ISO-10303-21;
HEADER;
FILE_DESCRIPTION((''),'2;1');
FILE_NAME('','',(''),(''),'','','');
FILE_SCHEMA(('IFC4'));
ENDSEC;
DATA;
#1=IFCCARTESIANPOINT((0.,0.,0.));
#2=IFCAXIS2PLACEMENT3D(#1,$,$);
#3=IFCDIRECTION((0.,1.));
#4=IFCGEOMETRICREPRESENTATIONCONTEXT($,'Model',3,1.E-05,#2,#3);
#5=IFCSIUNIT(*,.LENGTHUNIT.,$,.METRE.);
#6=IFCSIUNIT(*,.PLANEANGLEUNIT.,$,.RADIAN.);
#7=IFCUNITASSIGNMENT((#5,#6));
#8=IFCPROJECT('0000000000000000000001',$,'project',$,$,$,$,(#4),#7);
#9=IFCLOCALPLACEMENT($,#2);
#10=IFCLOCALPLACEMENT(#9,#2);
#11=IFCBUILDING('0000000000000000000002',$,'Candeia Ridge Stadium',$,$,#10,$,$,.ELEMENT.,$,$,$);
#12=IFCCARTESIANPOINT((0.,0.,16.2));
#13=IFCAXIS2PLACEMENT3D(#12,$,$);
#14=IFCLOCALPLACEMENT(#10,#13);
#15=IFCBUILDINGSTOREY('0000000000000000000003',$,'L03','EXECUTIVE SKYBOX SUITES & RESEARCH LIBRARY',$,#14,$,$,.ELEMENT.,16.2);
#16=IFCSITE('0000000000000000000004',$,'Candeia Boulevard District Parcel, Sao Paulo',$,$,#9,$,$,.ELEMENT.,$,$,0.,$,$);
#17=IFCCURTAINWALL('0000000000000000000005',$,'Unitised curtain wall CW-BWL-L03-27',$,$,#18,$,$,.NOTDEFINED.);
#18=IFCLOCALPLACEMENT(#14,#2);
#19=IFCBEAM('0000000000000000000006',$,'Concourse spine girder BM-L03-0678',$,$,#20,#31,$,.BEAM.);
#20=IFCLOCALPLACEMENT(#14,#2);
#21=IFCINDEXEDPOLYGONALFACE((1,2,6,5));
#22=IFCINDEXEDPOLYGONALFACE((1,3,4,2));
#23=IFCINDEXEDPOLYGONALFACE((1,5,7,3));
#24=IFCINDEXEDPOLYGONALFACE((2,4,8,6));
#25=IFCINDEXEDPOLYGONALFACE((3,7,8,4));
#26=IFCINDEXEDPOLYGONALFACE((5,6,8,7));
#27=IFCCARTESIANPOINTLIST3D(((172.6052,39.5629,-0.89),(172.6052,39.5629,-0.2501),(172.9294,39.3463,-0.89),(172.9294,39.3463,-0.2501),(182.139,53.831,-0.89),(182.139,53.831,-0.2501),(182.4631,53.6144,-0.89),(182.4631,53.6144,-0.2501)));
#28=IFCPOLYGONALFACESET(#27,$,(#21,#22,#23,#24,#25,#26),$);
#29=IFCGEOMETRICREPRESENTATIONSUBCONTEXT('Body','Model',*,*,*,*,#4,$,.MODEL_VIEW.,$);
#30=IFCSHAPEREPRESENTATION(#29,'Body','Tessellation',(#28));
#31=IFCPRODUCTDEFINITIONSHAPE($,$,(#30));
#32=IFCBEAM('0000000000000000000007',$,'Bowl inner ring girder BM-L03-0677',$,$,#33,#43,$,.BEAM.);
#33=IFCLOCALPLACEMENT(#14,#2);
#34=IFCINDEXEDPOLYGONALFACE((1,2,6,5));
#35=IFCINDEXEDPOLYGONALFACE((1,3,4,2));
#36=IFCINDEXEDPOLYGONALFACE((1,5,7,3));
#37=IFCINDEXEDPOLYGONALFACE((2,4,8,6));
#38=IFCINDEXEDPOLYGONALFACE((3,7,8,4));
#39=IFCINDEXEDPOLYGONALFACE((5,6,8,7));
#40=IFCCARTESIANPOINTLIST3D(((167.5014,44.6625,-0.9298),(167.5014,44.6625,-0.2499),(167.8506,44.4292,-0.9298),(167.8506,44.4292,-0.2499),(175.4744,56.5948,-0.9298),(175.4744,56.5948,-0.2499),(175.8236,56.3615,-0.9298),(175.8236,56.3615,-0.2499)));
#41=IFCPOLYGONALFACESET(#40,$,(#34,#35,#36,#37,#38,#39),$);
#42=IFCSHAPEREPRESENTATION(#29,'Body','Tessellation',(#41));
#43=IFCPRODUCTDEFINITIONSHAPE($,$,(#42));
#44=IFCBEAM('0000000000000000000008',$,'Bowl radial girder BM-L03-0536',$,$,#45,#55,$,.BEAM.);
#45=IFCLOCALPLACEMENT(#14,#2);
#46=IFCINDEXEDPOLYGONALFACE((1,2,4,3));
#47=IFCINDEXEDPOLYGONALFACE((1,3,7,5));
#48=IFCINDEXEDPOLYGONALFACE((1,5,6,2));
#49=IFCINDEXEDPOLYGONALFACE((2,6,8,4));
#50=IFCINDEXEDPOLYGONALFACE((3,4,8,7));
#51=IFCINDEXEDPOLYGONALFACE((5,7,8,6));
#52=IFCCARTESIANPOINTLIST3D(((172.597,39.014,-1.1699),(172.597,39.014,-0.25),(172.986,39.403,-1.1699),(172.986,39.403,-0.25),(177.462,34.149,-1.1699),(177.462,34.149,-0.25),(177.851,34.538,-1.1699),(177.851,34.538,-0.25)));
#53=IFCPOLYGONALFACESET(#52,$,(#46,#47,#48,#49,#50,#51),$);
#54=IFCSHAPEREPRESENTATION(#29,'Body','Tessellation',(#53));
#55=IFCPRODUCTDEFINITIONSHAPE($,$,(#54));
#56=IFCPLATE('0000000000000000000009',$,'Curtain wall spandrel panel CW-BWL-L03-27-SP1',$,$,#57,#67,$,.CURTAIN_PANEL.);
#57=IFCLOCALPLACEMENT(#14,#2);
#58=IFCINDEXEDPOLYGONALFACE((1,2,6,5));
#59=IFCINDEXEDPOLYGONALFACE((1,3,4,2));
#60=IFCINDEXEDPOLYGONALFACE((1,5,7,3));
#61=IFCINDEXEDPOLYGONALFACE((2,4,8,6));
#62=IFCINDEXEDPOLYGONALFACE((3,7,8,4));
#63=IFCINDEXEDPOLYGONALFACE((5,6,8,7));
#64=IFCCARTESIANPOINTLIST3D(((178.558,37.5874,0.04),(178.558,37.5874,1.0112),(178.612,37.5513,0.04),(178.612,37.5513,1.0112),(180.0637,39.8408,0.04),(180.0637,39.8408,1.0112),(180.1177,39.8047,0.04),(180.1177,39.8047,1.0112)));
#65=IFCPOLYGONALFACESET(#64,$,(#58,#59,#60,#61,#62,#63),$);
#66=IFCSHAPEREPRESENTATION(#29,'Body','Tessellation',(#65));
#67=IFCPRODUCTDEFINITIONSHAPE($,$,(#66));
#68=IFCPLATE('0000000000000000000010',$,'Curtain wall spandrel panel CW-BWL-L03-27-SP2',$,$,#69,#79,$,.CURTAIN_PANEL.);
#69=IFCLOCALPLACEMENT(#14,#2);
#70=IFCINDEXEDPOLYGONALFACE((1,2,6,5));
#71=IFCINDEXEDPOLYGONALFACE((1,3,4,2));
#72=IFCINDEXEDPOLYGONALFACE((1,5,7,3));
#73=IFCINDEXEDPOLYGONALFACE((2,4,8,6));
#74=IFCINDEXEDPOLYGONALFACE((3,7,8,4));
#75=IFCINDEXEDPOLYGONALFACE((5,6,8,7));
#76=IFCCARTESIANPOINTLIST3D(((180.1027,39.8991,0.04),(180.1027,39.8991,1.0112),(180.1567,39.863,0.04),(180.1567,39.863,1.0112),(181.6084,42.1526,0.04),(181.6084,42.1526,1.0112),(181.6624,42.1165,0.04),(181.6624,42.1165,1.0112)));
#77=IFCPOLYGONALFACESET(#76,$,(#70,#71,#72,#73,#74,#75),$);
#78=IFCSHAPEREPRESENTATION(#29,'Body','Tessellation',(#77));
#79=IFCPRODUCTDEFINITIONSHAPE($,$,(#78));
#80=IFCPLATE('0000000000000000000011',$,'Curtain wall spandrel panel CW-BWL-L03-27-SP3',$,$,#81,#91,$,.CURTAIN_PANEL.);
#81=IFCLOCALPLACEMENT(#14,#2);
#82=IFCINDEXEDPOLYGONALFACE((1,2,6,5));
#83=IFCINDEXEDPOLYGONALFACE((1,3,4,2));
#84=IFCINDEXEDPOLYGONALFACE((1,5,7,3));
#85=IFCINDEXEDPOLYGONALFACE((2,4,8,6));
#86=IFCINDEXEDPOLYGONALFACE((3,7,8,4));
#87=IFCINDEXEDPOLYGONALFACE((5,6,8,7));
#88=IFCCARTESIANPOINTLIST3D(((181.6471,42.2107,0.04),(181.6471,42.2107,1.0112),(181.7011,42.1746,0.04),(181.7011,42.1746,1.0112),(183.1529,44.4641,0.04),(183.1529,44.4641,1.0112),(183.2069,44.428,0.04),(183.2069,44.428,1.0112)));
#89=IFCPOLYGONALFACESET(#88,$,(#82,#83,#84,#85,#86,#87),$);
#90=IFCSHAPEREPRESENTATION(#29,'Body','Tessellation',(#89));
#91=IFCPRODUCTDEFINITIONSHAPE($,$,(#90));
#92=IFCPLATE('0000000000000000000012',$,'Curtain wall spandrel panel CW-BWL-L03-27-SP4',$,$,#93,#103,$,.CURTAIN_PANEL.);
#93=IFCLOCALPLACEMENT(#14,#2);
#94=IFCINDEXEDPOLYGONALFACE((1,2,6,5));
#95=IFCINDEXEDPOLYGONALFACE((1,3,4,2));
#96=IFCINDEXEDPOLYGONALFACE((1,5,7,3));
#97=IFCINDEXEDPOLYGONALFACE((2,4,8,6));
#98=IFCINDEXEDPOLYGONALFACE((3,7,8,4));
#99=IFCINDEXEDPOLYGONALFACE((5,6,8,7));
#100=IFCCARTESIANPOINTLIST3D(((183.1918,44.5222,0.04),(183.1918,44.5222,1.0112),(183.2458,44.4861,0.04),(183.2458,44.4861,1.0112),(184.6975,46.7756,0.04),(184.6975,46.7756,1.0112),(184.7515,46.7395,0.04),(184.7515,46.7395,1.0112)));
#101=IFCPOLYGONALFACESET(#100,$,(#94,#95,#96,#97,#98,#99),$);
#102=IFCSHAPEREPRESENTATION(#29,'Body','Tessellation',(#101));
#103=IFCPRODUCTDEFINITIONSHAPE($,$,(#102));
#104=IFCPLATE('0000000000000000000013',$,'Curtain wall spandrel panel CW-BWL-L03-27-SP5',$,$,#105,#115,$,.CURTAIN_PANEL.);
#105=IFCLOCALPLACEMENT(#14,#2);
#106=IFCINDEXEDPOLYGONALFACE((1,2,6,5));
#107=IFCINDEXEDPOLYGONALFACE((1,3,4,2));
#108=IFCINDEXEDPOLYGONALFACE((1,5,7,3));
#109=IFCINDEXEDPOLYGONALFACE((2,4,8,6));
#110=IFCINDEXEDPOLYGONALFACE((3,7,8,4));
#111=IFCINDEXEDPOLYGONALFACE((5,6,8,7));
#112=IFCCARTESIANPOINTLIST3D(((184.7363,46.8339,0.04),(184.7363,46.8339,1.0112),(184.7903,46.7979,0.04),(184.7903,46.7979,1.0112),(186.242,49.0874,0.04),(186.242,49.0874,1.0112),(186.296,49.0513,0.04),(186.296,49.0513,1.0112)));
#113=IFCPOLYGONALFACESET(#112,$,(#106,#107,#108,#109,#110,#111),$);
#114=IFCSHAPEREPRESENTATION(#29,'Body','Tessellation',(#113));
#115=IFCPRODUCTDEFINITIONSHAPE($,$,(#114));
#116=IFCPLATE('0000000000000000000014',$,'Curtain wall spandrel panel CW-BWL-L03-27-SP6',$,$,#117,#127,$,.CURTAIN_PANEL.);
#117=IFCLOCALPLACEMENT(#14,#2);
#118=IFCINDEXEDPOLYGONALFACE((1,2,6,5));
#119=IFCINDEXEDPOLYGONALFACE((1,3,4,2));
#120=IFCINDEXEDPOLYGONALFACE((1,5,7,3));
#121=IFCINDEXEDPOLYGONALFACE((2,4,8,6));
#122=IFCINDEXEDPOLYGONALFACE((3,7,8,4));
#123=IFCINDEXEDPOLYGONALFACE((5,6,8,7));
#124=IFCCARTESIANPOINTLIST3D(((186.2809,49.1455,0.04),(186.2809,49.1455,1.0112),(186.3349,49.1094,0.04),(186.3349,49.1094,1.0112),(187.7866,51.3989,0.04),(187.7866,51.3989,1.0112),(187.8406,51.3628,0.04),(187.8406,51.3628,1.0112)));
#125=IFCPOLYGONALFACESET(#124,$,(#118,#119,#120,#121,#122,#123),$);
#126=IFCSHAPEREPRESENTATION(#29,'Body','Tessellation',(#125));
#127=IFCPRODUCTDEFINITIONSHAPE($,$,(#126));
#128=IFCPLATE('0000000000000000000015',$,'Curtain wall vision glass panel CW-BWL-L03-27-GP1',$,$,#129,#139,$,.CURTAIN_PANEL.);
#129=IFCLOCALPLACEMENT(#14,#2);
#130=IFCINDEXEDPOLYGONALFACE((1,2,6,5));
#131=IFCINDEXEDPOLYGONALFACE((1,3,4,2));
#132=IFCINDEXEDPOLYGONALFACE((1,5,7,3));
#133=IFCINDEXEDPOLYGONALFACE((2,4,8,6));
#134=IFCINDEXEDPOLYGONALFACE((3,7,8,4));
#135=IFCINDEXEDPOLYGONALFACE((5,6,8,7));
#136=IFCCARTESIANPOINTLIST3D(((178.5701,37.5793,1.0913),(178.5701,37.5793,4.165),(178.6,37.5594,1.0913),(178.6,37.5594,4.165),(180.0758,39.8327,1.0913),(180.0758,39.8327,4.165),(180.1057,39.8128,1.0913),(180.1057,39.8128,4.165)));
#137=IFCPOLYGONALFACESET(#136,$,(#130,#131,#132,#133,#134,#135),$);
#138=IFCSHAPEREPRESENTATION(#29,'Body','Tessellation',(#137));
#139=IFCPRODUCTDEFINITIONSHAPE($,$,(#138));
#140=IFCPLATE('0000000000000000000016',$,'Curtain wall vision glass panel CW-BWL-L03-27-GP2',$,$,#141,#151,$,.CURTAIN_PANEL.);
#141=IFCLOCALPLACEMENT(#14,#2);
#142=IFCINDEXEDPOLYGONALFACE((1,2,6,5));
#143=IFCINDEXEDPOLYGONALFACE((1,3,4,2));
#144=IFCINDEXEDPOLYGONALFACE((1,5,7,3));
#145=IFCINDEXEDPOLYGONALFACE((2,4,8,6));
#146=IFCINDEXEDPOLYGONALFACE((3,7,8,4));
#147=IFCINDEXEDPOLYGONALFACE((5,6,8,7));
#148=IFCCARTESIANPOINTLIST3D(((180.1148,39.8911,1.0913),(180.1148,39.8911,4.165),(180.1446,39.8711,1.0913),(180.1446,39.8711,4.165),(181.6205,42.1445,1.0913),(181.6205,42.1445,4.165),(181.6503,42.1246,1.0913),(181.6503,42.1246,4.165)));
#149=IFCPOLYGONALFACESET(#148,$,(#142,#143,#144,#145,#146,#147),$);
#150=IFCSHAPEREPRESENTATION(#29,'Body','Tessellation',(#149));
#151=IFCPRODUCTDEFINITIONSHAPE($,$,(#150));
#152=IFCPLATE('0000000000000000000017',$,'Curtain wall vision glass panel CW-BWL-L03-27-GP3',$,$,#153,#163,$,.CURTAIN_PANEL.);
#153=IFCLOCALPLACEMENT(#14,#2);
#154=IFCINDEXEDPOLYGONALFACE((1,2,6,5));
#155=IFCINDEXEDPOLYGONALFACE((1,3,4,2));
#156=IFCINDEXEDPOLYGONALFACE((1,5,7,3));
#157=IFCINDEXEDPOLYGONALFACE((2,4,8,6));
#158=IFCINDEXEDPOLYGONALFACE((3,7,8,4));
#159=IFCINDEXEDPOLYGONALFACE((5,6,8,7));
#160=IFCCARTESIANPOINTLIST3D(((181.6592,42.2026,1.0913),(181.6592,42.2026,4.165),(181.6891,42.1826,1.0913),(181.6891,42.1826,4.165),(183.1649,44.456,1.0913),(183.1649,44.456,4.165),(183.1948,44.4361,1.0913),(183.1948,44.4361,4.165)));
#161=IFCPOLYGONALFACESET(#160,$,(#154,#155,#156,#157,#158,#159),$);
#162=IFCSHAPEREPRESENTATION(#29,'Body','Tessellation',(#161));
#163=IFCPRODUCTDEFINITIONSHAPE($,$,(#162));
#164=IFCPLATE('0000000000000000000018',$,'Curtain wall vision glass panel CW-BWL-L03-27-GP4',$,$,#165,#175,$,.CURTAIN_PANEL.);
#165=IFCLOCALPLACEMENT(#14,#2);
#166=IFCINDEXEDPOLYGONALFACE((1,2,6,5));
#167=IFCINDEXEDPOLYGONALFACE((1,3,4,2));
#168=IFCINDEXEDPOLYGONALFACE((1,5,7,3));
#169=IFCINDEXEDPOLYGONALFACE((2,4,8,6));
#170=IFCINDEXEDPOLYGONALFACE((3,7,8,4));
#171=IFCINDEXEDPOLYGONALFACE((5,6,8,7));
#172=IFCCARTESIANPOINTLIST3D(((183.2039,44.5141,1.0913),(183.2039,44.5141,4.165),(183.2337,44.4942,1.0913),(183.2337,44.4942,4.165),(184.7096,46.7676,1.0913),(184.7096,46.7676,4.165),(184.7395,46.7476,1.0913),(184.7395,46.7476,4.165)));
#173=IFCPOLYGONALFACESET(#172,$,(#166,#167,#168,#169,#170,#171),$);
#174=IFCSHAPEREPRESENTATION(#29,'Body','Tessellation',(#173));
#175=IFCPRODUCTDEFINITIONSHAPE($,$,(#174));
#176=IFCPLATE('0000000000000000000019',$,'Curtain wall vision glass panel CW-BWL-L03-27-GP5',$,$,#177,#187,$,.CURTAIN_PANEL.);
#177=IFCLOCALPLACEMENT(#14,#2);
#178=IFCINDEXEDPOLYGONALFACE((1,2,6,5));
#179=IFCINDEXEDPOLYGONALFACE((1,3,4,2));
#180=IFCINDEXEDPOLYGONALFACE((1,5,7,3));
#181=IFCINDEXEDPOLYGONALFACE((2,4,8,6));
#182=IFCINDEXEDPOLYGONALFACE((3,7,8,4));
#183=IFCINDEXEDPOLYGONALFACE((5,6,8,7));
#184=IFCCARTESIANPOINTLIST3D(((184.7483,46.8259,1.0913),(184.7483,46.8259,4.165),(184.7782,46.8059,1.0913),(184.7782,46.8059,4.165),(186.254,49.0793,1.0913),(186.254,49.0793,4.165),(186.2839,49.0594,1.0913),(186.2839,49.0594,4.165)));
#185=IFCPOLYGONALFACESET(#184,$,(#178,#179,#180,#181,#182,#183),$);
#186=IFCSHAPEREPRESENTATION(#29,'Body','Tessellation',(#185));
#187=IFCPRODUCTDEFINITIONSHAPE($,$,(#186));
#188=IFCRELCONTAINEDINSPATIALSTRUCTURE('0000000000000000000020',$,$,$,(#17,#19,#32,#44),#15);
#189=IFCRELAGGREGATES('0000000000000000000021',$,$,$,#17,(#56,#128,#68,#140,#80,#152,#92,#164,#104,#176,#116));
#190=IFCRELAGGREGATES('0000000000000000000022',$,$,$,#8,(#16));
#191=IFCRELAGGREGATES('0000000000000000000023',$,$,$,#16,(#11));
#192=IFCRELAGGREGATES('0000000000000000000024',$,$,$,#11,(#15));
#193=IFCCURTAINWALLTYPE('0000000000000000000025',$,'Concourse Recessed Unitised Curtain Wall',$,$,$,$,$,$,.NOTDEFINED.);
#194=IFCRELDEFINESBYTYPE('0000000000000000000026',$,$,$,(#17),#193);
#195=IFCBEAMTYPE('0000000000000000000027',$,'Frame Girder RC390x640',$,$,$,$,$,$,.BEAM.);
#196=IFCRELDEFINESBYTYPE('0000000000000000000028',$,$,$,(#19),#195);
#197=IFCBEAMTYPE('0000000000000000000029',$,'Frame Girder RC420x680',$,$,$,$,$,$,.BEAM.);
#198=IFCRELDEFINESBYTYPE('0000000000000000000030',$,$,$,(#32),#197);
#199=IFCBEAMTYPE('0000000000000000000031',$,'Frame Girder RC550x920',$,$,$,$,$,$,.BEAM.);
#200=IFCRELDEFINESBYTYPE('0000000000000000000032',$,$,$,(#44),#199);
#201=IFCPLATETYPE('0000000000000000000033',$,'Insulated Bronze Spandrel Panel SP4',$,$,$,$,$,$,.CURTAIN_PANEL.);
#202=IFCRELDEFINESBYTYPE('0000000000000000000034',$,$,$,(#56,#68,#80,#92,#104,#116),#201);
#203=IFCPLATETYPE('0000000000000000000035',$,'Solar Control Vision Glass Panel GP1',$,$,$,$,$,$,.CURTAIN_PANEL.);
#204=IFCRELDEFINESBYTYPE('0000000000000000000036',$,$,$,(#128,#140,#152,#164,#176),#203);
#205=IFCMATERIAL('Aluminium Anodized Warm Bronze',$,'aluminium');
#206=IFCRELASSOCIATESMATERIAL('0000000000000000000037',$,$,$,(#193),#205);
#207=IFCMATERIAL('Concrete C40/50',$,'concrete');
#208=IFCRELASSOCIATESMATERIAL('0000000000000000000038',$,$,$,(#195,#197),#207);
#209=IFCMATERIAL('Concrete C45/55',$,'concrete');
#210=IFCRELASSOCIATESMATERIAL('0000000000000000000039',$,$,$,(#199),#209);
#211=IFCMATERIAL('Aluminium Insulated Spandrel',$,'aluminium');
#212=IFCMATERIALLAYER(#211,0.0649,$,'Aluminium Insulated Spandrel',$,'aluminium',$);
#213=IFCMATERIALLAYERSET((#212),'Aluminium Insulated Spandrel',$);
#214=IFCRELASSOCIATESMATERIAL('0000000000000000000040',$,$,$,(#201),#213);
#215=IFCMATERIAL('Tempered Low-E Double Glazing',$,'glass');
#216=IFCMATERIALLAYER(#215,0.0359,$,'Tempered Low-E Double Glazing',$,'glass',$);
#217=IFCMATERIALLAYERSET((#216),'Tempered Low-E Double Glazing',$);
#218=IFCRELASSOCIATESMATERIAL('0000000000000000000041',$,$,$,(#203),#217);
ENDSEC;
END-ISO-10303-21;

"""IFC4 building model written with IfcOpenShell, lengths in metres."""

from ifc_helpers import new_model, si_unit, direction, frame, origin, origin_2d, place, context, subcontext, project, spatial, rectangle, extrude, material, layer, layer_set, material_profile, profile_set, type_object, element, aggregate, save


model = new_model("IFC4")

# Units and contexts
model_context = context("Model", 3, precision=1e-05, world=origin(), true_north=direction((0.0, 1.0)))
body_context = subcontext(model_context, "Body", "Model", "MODEL_VIEW")
ifc_project = project(units=[si_unit("LENGTHUNIT", "METRE"), si_unit("PLANEANGLEUNIT", "RADIAN")], contexts=[model_context])

# Site, building, storey
site_placement = place(None, origin())
site = spatial("IfcSite", under=ifc_project, at=site_placement, Name="Candeia Boulevard District Parcel, Sao Paulo", CompositionType="ELEMENT", RefElevation=0.0)
building_placement = place(site_placement, origin())
building = spatial("IfcBuilding", under=site, at=building_placement, Name="Candeia Ridge Stadium", CompositionType="ELEMENT")
storey_placement = place(building_placement, frame((0.0, 0.0, 16.2)))
storey = spatial("IfcBuildingStorey", under=building, at=storey_placement, Name="L03", Description="EXECUTIVE SKYBOX SUITES & RESEARCH LIBRARY", CompositionType="ELEMENT", Elevation=16.2)

# Shared definitions
ifc_material_1 = material(Name="Concrete C40/50", Category="concrete")

# Shared definitions
ifc_material_2 = material(Name="Concrete C45/55", Category="concrete")

# Curtain wall
ifc_material_3 = material(Name="Aluminium Anodized Warm Bronze", Category="aluminium")
curtain_wall_type = type_object("IfcCurtainWallType", Name="Concourse Recessed Unitised Curtain Wall", PredefinedType="NOTDEFINED", material=ifc_material_3)
curtain_wall_placement = place(storey_placement, origin())
curtain_wall = element("IfcCurtainWall", 1, at=curtain_wall_placement, inside=storey, type_object=curtain_wall_type, Name="Unitised curtain wall CW-BWL-L03-27", PredefinedType="NOTDEFINED")

# Beams
ifc_material_profile_1 = material_profile(ifc_material_1, rectangle(XDim=0.3899, YDim=0.6399, at=origin_2d()), Name="RC390x640", Category="concrete")
ifc_profile_set_1 = profile_set([ifc_material_profile_1], Name="Concrete C40/50")
beam_type_1 = type_object("IfcBeamType", Name="Frame Girder RC390x640", PredefinedType="BEAM", material=ifc_profile_set_1)
beam_1_placement = place(storey_placement, frame((172.7673, 39.4546, -0.5701), z_axis=(0.555573, 0.831468, 0.0), x_axis=(-0.831468, 0.555573, 0.0)))
element("IfcBeam", 2, at=beam_1_placement, inside=storey, type_object=beam_type_1, Name="Concourse spine girder BM-L03-0678", PredefinedType="BEAM", context=body_context, shape_type="SweptSolid", body=[
    extrude(rectangle(XDim=0.3899, YDim=0.6399, at=origin_2d()), origin(), (0.0, 0.0, 1.0), 17.1602),
])
ifc_material_profile_2 = material_profile(ifc_material_1, rectangle(XDim=0.4199, YDim=0.6799, at=origin_2d()), Name="RC420x680", Category="concrete")
ifc_profile_set_2 = profile_set([ifc_material_profile_2], Name="Concrete C40/50")
beam_type_2 = type_object("IfcBeamType", Name="Frame Girder RC420x680", PredefinedType="BEAM", material=ifc_profile_set_2)
beam_2_placement = place(storey_placement, frame((167.676, 44.5459, -0.5898), z_axis=(0.555575, 0.831466, 0.0), x_axis=(-0.831466, 0.555575, 0.0)))
element("IfcBeam", 3, at=beam_2_placement, inside=storey, type_object=beam_type_2, Name="Bowl inner ring girder BM-L03-0677", PredefinedType="BEAM", context=body_context, shape_type="SweptSolid", body=[
    extrude(rectangle(XDim=0.4199, YDim=0.6799, at=origin_2d()), origin(), (0.0, 0.0, 1.0), 14.3508),
])
ifc_material_profile_3 = material_profile(ifc_material_2, rectangle(XDim=0.55, YDim=0.9199, at=origin_2d()), Name="RC550x920", Category="concrete")
ifc_profile_set_3 = profile_set([ifc_material_profile_3], Name="Concrete C45/55")
beam_type_3 = type_object("IfcBeamType", Name="Frame Girder RC550x920", PredefinedType="BEAM", material=ifc_profile_set_3)
beam_3_placement = place(storey_placement, frame((172.7915, 39.2085, -0.71), z_axis=(0.707107, -0.707107, 0.0), x_axis=(0.707107, 0.707107, 0.0)))
element("IfcBeam", 4, at=beam_3_placement, inside=storey, type_object=beam_type_3, Name="Bowl radial girder BM-L03-0536", PredefinedType="BEAM", context=body_context, shape_type="SweptSolid", body=[
    extrude(rectangle(XDim=0.55, YDim=0.9199, at=origin_2d()), origin(), (0.0, 0.0, 1.0), 6.8801),
])

# Plates
ifc_material_4 = material(Name="Aluminium Insulated Spandrel", Category="aluminium")
ifc_layer_1 = layer(ifc_material_4, 0.0649, Name="Aluminium Insulated Spandrel", Category="aluminium")
ifc_layer_set_1 = layer_set([ifc_layer_1], Name="Aluminium Insulated Spandrel")
plate_type_1 = type_object("IfcPlateType", Name="Insulated Bronze Spandrel Panel SP4", PredefinedType="CURTAIN_PANEL", material=ifc_layer_set_1)
plate_1_placement = place(storey_placement, frame((179.3379, 38.696, 0.04), z_axis=(0.0, 0.0, 1.0), x_axis=(0.555571, 0.831469, 0.0)))
plate_1 = element("IfcPlate", 5, at=plate_1_placement, type_object=plate_type_1, Name="Curtain wall spandrel panel CW-BWL-L03-27-SP1", PredefinedType="CURTAIN_PANEL", context=body_context, shape_type="SweptSolid", body=[
    extrude(rectangle(XDim=2.7102, YDim=0.0649, at=origin_2d()), origin(), (0.0, 0.0, 1.0), 0.9712),
])
plate_2_placement = place(storey_placement, frame((180.8826, 41.0078, 0.04), z_axis=(0.0, 0.0, 1.0), x_axis=(0.555571, 0.831469, 0.0)))
plate_2 = element("IfcPlate", 6, at=plate_2_placement, type_object=plate_type_1, Name="Curtain wall spandrel panel CW-BWL-L03-27-SP2", PredefinedType="CURTAIN_PANEL", context=body_context, shape_type="SweptSolid", body=[
    extrude(rectangle(XDim=2.7102, YDim=0.0649, at=origin_2d()), origin(), (0.0, 0.0, 1.0), 0.9712),
])
plate_3_placement = place(storey_placement, frame((182.427, 43.3193, 0.04), z_axis=(0.0, 0.0, 1.0), x_axis=(0.555571, 0.831469, 0.0)))
plate_3 = element("IfcPlate", 7, at=plate_3_placement, type_object=plate_type_1, Name="Curtain wall spandrel panel CW-BWL-L03-27-SP3", PredefinedType="CURTAIN_PANEL", context=body_context, shape_type="SweptSolid", body=[
    extrude(rectangle(XDim=2.7102, YDim=0.0649, at=origin_2d()), origin(), (0.0, 0.0, 1.0), 0.9712),
])
plate_4_placement = place(storey_placement, frame((183.9717, 45.6309, 0.04), z_axis=(0.0, 0.0, 1.0), x_axis=(0.555571, 0.831469, 0.0)))
plate_4 = element("IfcPlate", 8, at=plate_4_placement, type_object=plate_type_1, Name="Curtain wall spandrel panel CW-BWL-L03-27-SP4", PredefinedType="CURTAIN_PANEL", context=body_context, shape_type="SweptSolid", body=[
    extrude(rectangle(XDim=2.7102, YDim=0.0649, at=origin_2d()), origin(), (0.0, 0.0, 1.0), 0.9712),
])
plate_5_placement = place(storey_placement, frame((185.5161, 47.9426, 0.04), z_axis=(0.0, 0.0, 1.0), x_axis=(0.555571, 0.831469, 0.0)))
plate_5 = element("IfcPlate", 9, at=plate_5_placement, type_object=plate_type_1, Name="Curtain wall spandrel panel CW-BWL-L03-27-SP5", PredefinedType="CURTAIN_PANEL", context=body_context, shape_type="SweptSolid", body=[
    extrude(rectangle(XDim=2.7102, YDim=0.0649, at=origin_2d()), origin(), (0.0, 0.0, 1.0), 0.9712),
])
plate_6_placement = place(storey_placement, frame((187.0608, 50.2542, 0.04), z_axis=(0.0, 0.0, 1.0), x_axis=(0.555571, 0.831469, 0.0)))
plate_6 = element("IfcPlate", 10, at=plate_6_placement, type_object=plate_type_1, Name="Curtain wall spandrel panel CW-BWL-L03-27-SP6", PredefinedType="CURTAIN_PANEL", context=body_context, shape_type="SweptSolid", body=[
    extrude(rectangle(XDim=2.7102, YDim=0.0649, at=origin_2d()), origin(), (0.0, 0.0, 1.0), 0.9712),
])
ifc_material_5 = material(Name="Tempered Low-E Double Glazing", Category="glass")
ifc_layer_2 = layer(ifc_material_5, 0.0359, Name="Tempered Low-E Double Glazing", Category="glass")
ifc_layer_set_2 = layer_set([ifc_layer_2], Name="Tempered Low-E Double Glazing")
plate_type_2 = type_object("IfcPlateType", Name="Solar Control Vision Glass Panel GP1", PredefinedType="CURTAIN_PANEL", material=ifc_layer_set_2)
plate_7_placement = place(storey_placement, frame((179.3379, 38.696, 1.0913), z_axis=(0.0, 0.0, 1.0), x_axis=(0.555571, 0.831469, 0.0)))
plate_7 = element("IfcPlate", 11, at=plate_7_placement, type_object=plate_type_2, Name="Curtain wall vision glass panel CW-BWL-L03-27-GP1", PredefinedType="CURTAIN_PANEL", context=body_context, shape_type="SweptSolid", body=[
    extrude(rectangle(XDim=2.7102, YDim=0.0359, at=origin_2d()), origin(), (0.0, 0.0, 1.0), 3.0737),
])
plate_8_placement = place(storey_placement, frame((180.8826, 41.0078, 1.0913), z_axis=(0.0, 0.0, 1.0), x_axis=(0.555571, 0.831469, 0.0)))
plate_8 = element("IfcPlate", 12, at=plate_8_placement, type_object=plate_type_2, Name="Curtain wall vision glass panel CW-BWL-L03-27-GP2", PredefinedType="CURTAIN_PANEL", context=body_context, shape_type="SweptSolid", body=[
    extrude(rectangle(XDim=2.7102, YDim=0.0359, at=origin_2d()), origin(), (0.0, 0.0, 1.0), 3.0737),
])
plate_9_placement = place(storey_placement, frame((182.427, 43.3193, 1.0913), z_axis=(0.0, 0.0, 1.0), x_axis=(0.555571, 0.831469, 0.0)))
plate_9 = element("IfcPlate", 13, at=plate_9_placement, type_object=plate_type_2, Name="Curtain wall vision glass panel CW-BWL-L03-27-GP3", PredefinedType="CURTAIN_PANEL", context=body_context, shape_type="SweptSolid", body=[
    extrude(rectangle(XDim=2.7102, YDim=0.0359, at=origin_2d()), origin(), (0.0, 0.0, 1.0), 3.0737),
])
plate_10_placement = place(storey_placement, frame((183.9717, 45.6309, 1.0913), z_axis=(0.0, 0.0, 1.0), x_axis=(0.555571, 0.831469, 0.0)))
plate_10 = element("IfcPlate", 14, at=plate_10_placement, type_object=plate_type_2, Name="Curtain wall vision glass panel CW-BWL-L03-27-GP4", PredefinedType="CURTAIN_PANEL", context=body_context, shape_type="SweptSolid", body=[
    extrude(rectangle(XDim=2.7102, YDim=0.0359, at=origin_2d()), origin(), (0.0, 0.0, 1.0), 3.0737),
])
plate_11_placement = place(storey_placement, frame((185.5161, 47.9426, 1.0913), z_axis=(0.0, 0.0, 1.0), x_axis=(0.555571, 0.831469, 0.0)))
plate_11 = element("IfcPlate", 15, at=plate_11_placement, type_object=plate_type_2, Name="Curtain wall vision glass panel CW-BWL-L03-27-GP5", PredefinedType="CURTAIN_PANEL", context=body_context, shape_type="SweptSolid", body=[
    extrude(rectangle(XDim=2.7102, YDim=0.0359, at=origin_2d()), origin(), (0.0, 0.0, 1.0), 3.0737),
])
aggregate(curtain_wall, [plate_1, plate_7, plate_2, plate_8, plate_3, plate_9, plate_4, plate_10, plate_5, plate_11, plate_6])

save(model, "model.ifc")
